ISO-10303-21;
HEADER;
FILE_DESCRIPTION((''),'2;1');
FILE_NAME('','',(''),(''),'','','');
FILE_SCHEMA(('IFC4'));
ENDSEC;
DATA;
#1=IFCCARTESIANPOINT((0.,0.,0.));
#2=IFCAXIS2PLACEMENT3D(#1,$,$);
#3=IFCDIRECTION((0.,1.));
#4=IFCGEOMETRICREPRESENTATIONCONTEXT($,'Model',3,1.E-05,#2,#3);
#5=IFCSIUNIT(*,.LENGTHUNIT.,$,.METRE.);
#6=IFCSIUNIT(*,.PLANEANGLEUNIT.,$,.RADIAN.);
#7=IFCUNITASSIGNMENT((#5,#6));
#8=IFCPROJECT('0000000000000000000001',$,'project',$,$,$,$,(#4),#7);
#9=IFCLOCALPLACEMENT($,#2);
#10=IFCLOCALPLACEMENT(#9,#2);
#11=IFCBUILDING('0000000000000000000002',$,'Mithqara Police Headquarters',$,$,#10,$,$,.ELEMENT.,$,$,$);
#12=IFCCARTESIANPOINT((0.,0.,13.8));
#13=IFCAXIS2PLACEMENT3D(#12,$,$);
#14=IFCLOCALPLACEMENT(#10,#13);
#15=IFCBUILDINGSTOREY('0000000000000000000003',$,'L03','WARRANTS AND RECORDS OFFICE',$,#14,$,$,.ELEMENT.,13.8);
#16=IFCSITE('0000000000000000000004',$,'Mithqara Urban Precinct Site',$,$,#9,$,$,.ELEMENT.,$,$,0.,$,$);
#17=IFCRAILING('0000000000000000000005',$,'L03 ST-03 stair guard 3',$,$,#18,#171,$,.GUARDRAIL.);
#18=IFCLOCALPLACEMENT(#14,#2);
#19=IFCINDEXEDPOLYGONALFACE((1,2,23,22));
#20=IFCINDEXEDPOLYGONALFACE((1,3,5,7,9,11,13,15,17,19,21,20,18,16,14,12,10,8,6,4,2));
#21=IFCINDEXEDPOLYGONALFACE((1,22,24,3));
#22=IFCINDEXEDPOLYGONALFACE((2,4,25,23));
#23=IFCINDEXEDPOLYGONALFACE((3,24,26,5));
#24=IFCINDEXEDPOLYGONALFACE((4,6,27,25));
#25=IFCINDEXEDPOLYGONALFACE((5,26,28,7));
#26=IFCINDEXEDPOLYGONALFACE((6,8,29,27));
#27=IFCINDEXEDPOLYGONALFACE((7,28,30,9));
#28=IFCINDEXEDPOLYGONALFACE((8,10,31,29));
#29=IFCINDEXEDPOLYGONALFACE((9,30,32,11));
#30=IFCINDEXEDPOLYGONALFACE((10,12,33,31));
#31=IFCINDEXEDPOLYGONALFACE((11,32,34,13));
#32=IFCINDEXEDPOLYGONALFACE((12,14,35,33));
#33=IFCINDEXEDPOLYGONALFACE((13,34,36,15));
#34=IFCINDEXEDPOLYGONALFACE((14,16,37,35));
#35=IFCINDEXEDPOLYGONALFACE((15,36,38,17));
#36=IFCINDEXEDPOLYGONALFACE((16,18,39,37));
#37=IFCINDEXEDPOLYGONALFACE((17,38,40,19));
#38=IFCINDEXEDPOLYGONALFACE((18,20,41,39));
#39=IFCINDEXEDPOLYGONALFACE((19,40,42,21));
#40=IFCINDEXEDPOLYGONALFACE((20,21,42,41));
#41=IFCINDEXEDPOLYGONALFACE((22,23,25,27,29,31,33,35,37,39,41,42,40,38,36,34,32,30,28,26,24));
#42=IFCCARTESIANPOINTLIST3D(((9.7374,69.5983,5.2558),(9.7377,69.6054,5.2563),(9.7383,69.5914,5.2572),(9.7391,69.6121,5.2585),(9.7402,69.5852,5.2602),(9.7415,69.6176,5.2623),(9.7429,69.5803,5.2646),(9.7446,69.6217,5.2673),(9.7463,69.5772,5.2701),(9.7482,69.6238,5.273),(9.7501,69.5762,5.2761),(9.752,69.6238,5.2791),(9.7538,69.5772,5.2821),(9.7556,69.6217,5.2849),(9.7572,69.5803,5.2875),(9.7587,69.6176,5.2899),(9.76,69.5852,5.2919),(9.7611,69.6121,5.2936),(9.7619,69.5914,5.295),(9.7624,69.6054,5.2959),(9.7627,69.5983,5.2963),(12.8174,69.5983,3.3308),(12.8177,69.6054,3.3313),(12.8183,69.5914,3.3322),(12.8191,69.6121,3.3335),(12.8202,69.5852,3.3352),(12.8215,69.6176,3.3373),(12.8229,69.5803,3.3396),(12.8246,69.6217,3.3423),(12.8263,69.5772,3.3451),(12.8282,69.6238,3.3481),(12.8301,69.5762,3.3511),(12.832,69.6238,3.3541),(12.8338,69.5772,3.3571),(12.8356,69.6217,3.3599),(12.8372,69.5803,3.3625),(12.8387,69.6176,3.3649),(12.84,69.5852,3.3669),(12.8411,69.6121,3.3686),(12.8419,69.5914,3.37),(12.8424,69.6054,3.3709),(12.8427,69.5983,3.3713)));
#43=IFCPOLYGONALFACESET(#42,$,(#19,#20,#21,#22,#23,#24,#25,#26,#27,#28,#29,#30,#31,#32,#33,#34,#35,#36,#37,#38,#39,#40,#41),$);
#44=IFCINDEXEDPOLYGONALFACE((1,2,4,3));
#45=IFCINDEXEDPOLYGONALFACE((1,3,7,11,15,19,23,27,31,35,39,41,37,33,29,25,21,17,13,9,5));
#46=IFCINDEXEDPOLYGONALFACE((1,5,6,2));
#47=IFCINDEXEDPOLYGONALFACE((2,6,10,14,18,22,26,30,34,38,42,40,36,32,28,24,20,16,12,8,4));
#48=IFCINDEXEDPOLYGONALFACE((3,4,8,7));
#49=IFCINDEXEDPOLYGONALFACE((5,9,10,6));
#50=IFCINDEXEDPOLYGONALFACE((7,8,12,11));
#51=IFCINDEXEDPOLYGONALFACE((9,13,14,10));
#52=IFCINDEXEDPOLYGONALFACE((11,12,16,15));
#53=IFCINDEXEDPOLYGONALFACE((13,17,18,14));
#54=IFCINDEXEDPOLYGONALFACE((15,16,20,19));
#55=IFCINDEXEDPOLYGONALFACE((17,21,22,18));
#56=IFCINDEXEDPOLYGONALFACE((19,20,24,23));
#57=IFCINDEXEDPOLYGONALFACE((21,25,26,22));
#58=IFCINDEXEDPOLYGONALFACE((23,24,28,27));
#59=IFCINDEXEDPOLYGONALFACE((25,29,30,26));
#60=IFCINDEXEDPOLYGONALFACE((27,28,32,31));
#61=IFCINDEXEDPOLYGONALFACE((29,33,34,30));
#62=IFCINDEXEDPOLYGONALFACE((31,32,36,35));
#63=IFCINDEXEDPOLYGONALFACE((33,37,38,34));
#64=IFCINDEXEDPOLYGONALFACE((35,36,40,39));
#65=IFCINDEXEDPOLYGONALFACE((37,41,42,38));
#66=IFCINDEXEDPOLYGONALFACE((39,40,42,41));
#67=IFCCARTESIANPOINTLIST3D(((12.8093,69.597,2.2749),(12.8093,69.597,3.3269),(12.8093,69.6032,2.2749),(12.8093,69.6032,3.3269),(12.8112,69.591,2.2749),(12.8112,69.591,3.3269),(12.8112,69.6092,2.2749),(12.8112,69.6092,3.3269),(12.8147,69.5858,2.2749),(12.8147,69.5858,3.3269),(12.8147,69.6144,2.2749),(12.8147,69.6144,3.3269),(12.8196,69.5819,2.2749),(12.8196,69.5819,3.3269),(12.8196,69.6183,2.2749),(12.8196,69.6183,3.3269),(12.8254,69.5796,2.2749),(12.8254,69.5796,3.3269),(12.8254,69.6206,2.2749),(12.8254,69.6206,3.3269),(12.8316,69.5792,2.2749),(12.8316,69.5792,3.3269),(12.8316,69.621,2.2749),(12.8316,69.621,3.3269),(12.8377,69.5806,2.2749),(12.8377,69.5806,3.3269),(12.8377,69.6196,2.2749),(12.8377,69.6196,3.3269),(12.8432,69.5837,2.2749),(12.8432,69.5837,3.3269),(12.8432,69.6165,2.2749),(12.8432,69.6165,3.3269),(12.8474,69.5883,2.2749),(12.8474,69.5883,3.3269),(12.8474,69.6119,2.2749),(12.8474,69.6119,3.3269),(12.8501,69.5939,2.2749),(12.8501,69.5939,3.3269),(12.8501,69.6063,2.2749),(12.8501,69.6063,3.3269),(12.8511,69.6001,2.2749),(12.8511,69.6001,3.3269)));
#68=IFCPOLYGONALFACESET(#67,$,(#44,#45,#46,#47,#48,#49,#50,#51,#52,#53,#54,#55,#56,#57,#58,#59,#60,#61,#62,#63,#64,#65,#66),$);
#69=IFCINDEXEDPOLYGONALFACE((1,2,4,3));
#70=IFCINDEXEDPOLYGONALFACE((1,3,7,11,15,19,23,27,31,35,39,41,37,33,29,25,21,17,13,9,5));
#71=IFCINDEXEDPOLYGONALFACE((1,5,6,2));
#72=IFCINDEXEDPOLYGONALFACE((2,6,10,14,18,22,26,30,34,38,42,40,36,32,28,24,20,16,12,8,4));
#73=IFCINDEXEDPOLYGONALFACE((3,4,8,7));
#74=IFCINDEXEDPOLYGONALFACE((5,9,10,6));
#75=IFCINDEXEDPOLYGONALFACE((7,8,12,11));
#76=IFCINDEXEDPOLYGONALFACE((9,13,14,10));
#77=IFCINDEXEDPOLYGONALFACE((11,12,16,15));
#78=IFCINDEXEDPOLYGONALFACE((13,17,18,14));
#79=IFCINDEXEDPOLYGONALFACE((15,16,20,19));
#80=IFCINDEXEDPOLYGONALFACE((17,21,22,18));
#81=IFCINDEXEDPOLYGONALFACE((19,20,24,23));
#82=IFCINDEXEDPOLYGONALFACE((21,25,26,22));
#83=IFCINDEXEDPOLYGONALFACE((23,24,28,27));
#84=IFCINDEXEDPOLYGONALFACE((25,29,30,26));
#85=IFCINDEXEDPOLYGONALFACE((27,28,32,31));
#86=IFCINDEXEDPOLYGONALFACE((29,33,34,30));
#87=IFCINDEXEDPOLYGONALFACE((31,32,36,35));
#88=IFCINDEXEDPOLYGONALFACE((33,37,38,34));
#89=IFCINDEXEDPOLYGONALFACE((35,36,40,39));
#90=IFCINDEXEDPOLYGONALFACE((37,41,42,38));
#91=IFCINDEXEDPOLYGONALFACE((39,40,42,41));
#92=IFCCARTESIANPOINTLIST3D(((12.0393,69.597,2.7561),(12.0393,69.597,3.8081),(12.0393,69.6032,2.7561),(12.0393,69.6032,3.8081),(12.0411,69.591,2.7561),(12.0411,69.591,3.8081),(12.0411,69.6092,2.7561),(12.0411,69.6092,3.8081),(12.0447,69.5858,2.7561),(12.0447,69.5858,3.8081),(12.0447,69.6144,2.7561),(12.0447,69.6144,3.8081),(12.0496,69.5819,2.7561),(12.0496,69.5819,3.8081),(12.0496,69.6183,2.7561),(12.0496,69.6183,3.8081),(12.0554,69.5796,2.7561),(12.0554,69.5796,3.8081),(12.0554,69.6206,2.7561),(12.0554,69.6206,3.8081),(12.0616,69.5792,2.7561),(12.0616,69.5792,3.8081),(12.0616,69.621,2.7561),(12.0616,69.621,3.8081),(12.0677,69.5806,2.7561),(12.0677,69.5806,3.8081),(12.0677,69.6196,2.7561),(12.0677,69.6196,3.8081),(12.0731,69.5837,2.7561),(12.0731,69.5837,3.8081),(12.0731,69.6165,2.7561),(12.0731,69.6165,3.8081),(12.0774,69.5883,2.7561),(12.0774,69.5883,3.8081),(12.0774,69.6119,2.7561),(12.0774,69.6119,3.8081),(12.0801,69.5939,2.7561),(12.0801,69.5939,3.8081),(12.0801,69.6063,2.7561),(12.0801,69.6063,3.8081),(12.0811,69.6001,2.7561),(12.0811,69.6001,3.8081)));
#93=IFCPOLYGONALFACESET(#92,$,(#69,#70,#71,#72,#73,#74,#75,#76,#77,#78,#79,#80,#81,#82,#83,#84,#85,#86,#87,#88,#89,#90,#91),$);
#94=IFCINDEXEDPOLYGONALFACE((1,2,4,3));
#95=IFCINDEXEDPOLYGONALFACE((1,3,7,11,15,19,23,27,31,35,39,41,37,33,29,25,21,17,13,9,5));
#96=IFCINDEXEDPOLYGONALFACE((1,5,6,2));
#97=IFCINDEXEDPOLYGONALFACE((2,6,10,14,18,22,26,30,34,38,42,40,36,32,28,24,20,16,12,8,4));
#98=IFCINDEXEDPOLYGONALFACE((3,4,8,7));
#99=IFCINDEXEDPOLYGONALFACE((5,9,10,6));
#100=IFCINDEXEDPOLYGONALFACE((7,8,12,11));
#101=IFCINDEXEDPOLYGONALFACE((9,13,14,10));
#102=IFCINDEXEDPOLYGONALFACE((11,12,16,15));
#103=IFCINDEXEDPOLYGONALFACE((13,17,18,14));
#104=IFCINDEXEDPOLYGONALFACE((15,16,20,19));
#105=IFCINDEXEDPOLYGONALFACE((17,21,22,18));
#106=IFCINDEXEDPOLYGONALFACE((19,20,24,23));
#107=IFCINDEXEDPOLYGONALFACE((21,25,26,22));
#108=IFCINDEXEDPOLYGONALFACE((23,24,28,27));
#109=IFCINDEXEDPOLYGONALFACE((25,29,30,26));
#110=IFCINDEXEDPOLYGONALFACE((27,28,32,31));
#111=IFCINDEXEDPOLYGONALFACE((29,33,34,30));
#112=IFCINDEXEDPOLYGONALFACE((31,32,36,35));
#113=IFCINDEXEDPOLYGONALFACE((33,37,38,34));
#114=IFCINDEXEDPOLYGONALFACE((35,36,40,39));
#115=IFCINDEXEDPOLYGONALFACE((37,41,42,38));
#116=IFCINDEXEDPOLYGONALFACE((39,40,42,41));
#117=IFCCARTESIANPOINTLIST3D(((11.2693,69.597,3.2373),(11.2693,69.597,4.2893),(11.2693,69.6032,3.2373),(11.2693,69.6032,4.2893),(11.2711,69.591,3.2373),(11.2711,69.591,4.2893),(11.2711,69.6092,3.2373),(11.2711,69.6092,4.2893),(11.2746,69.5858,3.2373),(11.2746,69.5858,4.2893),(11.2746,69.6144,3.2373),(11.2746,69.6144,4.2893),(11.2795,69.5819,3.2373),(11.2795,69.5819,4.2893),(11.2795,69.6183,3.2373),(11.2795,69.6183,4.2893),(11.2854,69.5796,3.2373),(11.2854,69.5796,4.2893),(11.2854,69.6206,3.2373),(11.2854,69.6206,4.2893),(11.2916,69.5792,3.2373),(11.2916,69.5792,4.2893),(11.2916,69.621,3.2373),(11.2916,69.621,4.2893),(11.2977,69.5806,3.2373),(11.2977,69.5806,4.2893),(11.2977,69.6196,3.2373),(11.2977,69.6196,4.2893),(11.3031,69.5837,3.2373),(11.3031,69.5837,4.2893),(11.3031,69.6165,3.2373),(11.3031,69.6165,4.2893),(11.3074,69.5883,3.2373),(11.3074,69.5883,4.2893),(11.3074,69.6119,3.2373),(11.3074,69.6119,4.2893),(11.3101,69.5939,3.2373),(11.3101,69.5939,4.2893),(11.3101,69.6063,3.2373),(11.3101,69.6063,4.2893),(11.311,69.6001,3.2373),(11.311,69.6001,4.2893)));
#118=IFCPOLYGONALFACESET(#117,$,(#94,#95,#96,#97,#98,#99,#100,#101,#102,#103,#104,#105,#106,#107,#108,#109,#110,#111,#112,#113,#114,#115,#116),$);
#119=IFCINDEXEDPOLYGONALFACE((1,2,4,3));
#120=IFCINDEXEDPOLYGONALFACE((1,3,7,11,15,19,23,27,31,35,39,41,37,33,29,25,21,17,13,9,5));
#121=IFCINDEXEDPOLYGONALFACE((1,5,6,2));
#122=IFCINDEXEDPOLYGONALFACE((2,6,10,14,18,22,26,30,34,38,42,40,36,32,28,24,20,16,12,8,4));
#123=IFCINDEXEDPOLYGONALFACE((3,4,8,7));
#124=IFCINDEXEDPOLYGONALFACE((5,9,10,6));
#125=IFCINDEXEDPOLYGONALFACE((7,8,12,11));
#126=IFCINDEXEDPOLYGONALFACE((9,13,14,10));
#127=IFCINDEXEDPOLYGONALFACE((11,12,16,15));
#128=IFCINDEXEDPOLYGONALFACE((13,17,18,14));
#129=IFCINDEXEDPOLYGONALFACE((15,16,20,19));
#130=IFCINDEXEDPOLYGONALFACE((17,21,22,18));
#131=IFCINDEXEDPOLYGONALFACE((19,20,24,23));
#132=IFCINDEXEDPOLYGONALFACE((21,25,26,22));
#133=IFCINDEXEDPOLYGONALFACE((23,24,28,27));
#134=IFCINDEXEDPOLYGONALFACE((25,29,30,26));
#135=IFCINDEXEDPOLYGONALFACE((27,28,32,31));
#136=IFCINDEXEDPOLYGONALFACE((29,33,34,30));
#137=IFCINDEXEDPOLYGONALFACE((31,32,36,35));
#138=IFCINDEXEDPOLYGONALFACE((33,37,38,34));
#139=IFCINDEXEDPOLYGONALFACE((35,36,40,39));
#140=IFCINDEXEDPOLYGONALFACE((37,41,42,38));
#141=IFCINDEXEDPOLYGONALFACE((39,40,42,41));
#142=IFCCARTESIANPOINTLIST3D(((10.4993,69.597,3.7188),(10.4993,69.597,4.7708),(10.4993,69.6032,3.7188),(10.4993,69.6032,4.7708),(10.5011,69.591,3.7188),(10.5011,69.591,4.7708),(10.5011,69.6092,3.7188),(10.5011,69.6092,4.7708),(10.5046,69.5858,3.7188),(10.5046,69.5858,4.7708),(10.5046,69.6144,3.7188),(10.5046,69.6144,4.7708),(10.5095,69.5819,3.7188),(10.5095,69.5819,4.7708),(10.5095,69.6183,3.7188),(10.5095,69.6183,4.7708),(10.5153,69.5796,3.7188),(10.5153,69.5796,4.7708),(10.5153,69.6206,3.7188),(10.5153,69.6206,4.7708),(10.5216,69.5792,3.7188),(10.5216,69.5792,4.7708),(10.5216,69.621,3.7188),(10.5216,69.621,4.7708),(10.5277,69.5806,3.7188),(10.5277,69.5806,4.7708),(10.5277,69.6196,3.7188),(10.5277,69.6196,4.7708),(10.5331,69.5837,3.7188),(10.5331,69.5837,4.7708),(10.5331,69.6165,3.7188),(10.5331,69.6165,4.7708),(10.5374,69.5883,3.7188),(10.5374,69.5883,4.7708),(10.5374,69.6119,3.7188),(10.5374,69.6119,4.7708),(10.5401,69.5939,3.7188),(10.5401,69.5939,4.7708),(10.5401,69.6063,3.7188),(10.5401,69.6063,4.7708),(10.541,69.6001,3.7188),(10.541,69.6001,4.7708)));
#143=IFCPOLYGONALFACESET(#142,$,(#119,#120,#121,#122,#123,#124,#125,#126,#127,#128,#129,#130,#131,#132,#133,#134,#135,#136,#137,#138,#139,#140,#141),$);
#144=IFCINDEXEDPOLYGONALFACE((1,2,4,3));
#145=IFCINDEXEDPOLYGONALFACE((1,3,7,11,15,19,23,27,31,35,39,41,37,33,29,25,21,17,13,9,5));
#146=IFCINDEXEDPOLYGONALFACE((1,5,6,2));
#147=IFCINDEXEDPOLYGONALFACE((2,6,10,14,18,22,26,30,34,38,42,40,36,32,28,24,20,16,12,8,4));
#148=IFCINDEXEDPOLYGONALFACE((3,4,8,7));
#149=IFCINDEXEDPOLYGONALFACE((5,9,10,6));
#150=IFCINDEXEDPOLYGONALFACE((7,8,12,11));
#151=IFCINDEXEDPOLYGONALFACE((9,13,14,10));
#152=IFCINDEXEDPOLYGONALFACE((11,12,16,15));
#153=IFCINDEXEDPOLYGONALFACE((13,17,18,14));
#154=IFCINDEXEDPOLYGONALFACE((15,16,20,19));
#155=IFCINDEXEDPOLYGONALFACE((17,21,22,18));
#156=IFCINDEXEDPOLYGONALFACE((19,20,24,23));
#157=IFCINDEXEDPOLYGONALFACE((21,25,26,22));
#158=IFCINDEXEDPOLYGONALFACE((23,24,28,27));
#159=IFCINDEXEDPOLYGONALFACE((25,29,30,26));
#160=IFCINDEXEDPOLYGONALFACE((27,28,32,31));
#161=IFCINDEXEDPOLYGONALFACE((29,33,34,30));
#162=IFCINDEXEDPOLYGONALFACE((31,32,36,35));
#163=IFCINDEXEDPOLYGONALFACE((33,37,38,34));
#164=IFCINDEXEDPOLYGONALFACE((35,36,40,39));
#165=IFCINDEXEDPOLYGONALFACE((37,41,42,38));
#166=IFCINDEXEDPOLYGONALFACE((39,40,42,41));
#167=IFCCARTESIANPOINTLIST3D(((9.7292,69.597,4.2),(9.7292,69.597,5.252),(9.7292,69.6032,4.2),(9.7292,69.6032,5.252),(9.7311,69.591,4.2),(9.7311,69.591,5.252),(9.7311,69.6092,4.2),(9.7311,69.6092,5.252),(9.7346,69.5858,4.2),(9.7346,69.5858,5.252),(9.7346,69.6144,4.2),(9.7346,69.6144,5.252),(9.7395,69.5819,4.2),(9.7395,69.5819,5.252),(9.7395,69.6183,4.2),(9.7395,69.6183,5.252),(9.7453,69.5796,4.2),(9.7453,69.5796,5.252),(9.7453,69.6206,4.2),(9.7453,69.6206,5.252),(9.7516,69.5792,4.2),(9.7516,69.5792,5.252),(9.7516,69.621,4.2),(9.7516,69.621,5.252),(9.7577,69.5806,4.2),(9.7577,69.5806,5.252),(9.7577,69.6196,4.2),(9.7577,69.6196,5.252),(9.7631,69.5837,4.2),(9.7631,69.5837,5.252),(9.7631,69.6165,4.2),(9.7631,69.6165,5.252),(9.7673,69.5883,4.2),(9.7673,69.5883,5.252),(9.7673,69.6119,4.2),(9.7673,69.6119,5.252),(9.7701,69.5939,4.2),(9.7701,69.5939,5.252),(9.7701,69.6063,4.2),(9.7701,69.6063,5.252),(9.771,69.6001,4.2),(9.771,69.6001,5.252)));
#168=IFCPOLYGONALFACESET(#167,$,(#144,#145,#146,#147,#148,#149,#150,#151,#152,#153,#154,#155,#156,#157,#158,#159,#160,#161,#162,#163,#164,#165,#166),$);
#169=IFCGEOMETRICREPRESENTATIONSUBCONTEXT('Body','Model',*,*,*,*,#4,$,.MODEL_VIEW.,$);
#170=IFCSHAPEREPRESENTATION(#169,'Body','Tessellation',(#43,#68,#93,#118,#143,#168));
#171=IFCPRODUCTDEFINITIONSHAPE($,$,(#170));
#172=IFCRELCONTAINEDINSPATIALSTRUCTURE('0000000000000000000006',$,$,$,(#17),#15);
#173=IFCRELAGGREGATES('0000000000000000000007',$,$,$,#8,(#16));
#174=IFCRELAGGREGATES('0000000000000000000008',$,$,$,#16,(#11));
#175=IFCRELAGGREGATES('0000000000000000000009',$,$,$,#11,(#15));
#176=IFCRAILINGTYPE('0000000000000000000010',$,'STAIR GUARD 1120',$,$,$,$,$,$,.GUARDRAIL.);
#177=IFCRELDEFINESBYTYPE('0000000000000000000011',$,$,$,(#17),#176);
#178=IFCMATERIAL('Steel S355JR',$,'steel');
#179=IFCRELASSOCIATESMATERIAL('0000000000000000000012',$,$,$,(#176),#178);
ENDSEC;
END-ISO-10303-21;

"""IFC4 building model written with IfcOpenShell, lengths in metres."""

from ifc_helpers import new_model, si_unit, direction, frame, origin, origin_2d, place, context, subcontext, project, spatial, circle, extrude, material, type_object, element, save


model = new_model("IFC4")

# Units and contexts
model_context = context("Model", 3, precision=1e-05, world=origin(), true_north=direction((0.0, 1.0)))
body_context = subcontext(model_context, "Body", "Model", "MODEL_VIEW")
ifc_project = project(units=[si_unit("LENGTHUNIT", "METRE"), si_unit("PLANEANGLEUNIT", "RADIAN")], contexts=[model_context])

# Site, building, storey
site_placement = place(None, origin())
site = spatial("IfcSite", under=ifc_project, at=site_placement, Name="Mithqara Urban Precinct Site", CompositionType="ELEMENT", RefElevation=0.0)
building_placement = place(site_placement, origin())
building = spatial("IfcBuilding", under=site, at=building_placement, Name="Mithqara Police Headquarters", CompositionType="ELEMENT")
storey_placement = place(building_placement, frame((0.0, 0.0, 13.8)))
storey = spatial("IfcBuildingStorey", under=building, at=storey_placement, Name="L03", Description="WARRANTS AND RECORDS OFFICE", CompositionType="ELEMENT", Elevation=13.8)

# Shared definitions
ifc_material_1 = material(Name="Steel S355JR", Category="steel")

# Railing
railing_type_1 = type_object("IfcRailingType", Name="STAIR GUARD 1120", PredefinedType="GUARDRAIL", material=ifc_material_1)
railing_1_placement = place(storey_placement, frame((12.8301, 69.6001, 2.2749)))
element("IfcRailing", 1, at=railing_1_placement, inside=storey, type_object=railing_type_1, Name="L03 ST-03 stair guard 3", PredefinedType="GUARDRAIL", context=body_context, shape_type="SweptSolid", body=[
    extrude(circle(Radius=0.0239, at=origin_2d()), frame((0.0, 0.0, 1.0762), z_axis=(-0.847998, 0.0, 0.529999), x_axis=(0.0, -1.0, 0.0)), (0.0, 0.0, 1.0), 3.6321),
    extrude(circle(Radius=0.021, at=origin_2d()), origin(), (0.0, 0.0, 1.0), 1.052),
    extrude(circle(Radius=0.021, at=origin_2d()), frame((-0.77, 0.0, 0.4812)), (0.0, 0.0, 1.0), 1.052),
    extrude(circle(Radius=0.021, at=origin_2d()), frame((-1.54, 0.0, 0.9624)), (0.0, 0.0, 1.0), 1.052),
    extrude(circle(Radius=0.021, at=origin_2d()), frame((-2.3101, 0.0, 1.4438)), (0.0, 0.0, 1.0), 1.052),
    extrude(circle(Radius=0.021, at=origin_2d()), frame((-3.0801, 0.0, 1.925)), (0.0, 0.0, 1.0), 1.052),
])

save(model, "model.ifc")
